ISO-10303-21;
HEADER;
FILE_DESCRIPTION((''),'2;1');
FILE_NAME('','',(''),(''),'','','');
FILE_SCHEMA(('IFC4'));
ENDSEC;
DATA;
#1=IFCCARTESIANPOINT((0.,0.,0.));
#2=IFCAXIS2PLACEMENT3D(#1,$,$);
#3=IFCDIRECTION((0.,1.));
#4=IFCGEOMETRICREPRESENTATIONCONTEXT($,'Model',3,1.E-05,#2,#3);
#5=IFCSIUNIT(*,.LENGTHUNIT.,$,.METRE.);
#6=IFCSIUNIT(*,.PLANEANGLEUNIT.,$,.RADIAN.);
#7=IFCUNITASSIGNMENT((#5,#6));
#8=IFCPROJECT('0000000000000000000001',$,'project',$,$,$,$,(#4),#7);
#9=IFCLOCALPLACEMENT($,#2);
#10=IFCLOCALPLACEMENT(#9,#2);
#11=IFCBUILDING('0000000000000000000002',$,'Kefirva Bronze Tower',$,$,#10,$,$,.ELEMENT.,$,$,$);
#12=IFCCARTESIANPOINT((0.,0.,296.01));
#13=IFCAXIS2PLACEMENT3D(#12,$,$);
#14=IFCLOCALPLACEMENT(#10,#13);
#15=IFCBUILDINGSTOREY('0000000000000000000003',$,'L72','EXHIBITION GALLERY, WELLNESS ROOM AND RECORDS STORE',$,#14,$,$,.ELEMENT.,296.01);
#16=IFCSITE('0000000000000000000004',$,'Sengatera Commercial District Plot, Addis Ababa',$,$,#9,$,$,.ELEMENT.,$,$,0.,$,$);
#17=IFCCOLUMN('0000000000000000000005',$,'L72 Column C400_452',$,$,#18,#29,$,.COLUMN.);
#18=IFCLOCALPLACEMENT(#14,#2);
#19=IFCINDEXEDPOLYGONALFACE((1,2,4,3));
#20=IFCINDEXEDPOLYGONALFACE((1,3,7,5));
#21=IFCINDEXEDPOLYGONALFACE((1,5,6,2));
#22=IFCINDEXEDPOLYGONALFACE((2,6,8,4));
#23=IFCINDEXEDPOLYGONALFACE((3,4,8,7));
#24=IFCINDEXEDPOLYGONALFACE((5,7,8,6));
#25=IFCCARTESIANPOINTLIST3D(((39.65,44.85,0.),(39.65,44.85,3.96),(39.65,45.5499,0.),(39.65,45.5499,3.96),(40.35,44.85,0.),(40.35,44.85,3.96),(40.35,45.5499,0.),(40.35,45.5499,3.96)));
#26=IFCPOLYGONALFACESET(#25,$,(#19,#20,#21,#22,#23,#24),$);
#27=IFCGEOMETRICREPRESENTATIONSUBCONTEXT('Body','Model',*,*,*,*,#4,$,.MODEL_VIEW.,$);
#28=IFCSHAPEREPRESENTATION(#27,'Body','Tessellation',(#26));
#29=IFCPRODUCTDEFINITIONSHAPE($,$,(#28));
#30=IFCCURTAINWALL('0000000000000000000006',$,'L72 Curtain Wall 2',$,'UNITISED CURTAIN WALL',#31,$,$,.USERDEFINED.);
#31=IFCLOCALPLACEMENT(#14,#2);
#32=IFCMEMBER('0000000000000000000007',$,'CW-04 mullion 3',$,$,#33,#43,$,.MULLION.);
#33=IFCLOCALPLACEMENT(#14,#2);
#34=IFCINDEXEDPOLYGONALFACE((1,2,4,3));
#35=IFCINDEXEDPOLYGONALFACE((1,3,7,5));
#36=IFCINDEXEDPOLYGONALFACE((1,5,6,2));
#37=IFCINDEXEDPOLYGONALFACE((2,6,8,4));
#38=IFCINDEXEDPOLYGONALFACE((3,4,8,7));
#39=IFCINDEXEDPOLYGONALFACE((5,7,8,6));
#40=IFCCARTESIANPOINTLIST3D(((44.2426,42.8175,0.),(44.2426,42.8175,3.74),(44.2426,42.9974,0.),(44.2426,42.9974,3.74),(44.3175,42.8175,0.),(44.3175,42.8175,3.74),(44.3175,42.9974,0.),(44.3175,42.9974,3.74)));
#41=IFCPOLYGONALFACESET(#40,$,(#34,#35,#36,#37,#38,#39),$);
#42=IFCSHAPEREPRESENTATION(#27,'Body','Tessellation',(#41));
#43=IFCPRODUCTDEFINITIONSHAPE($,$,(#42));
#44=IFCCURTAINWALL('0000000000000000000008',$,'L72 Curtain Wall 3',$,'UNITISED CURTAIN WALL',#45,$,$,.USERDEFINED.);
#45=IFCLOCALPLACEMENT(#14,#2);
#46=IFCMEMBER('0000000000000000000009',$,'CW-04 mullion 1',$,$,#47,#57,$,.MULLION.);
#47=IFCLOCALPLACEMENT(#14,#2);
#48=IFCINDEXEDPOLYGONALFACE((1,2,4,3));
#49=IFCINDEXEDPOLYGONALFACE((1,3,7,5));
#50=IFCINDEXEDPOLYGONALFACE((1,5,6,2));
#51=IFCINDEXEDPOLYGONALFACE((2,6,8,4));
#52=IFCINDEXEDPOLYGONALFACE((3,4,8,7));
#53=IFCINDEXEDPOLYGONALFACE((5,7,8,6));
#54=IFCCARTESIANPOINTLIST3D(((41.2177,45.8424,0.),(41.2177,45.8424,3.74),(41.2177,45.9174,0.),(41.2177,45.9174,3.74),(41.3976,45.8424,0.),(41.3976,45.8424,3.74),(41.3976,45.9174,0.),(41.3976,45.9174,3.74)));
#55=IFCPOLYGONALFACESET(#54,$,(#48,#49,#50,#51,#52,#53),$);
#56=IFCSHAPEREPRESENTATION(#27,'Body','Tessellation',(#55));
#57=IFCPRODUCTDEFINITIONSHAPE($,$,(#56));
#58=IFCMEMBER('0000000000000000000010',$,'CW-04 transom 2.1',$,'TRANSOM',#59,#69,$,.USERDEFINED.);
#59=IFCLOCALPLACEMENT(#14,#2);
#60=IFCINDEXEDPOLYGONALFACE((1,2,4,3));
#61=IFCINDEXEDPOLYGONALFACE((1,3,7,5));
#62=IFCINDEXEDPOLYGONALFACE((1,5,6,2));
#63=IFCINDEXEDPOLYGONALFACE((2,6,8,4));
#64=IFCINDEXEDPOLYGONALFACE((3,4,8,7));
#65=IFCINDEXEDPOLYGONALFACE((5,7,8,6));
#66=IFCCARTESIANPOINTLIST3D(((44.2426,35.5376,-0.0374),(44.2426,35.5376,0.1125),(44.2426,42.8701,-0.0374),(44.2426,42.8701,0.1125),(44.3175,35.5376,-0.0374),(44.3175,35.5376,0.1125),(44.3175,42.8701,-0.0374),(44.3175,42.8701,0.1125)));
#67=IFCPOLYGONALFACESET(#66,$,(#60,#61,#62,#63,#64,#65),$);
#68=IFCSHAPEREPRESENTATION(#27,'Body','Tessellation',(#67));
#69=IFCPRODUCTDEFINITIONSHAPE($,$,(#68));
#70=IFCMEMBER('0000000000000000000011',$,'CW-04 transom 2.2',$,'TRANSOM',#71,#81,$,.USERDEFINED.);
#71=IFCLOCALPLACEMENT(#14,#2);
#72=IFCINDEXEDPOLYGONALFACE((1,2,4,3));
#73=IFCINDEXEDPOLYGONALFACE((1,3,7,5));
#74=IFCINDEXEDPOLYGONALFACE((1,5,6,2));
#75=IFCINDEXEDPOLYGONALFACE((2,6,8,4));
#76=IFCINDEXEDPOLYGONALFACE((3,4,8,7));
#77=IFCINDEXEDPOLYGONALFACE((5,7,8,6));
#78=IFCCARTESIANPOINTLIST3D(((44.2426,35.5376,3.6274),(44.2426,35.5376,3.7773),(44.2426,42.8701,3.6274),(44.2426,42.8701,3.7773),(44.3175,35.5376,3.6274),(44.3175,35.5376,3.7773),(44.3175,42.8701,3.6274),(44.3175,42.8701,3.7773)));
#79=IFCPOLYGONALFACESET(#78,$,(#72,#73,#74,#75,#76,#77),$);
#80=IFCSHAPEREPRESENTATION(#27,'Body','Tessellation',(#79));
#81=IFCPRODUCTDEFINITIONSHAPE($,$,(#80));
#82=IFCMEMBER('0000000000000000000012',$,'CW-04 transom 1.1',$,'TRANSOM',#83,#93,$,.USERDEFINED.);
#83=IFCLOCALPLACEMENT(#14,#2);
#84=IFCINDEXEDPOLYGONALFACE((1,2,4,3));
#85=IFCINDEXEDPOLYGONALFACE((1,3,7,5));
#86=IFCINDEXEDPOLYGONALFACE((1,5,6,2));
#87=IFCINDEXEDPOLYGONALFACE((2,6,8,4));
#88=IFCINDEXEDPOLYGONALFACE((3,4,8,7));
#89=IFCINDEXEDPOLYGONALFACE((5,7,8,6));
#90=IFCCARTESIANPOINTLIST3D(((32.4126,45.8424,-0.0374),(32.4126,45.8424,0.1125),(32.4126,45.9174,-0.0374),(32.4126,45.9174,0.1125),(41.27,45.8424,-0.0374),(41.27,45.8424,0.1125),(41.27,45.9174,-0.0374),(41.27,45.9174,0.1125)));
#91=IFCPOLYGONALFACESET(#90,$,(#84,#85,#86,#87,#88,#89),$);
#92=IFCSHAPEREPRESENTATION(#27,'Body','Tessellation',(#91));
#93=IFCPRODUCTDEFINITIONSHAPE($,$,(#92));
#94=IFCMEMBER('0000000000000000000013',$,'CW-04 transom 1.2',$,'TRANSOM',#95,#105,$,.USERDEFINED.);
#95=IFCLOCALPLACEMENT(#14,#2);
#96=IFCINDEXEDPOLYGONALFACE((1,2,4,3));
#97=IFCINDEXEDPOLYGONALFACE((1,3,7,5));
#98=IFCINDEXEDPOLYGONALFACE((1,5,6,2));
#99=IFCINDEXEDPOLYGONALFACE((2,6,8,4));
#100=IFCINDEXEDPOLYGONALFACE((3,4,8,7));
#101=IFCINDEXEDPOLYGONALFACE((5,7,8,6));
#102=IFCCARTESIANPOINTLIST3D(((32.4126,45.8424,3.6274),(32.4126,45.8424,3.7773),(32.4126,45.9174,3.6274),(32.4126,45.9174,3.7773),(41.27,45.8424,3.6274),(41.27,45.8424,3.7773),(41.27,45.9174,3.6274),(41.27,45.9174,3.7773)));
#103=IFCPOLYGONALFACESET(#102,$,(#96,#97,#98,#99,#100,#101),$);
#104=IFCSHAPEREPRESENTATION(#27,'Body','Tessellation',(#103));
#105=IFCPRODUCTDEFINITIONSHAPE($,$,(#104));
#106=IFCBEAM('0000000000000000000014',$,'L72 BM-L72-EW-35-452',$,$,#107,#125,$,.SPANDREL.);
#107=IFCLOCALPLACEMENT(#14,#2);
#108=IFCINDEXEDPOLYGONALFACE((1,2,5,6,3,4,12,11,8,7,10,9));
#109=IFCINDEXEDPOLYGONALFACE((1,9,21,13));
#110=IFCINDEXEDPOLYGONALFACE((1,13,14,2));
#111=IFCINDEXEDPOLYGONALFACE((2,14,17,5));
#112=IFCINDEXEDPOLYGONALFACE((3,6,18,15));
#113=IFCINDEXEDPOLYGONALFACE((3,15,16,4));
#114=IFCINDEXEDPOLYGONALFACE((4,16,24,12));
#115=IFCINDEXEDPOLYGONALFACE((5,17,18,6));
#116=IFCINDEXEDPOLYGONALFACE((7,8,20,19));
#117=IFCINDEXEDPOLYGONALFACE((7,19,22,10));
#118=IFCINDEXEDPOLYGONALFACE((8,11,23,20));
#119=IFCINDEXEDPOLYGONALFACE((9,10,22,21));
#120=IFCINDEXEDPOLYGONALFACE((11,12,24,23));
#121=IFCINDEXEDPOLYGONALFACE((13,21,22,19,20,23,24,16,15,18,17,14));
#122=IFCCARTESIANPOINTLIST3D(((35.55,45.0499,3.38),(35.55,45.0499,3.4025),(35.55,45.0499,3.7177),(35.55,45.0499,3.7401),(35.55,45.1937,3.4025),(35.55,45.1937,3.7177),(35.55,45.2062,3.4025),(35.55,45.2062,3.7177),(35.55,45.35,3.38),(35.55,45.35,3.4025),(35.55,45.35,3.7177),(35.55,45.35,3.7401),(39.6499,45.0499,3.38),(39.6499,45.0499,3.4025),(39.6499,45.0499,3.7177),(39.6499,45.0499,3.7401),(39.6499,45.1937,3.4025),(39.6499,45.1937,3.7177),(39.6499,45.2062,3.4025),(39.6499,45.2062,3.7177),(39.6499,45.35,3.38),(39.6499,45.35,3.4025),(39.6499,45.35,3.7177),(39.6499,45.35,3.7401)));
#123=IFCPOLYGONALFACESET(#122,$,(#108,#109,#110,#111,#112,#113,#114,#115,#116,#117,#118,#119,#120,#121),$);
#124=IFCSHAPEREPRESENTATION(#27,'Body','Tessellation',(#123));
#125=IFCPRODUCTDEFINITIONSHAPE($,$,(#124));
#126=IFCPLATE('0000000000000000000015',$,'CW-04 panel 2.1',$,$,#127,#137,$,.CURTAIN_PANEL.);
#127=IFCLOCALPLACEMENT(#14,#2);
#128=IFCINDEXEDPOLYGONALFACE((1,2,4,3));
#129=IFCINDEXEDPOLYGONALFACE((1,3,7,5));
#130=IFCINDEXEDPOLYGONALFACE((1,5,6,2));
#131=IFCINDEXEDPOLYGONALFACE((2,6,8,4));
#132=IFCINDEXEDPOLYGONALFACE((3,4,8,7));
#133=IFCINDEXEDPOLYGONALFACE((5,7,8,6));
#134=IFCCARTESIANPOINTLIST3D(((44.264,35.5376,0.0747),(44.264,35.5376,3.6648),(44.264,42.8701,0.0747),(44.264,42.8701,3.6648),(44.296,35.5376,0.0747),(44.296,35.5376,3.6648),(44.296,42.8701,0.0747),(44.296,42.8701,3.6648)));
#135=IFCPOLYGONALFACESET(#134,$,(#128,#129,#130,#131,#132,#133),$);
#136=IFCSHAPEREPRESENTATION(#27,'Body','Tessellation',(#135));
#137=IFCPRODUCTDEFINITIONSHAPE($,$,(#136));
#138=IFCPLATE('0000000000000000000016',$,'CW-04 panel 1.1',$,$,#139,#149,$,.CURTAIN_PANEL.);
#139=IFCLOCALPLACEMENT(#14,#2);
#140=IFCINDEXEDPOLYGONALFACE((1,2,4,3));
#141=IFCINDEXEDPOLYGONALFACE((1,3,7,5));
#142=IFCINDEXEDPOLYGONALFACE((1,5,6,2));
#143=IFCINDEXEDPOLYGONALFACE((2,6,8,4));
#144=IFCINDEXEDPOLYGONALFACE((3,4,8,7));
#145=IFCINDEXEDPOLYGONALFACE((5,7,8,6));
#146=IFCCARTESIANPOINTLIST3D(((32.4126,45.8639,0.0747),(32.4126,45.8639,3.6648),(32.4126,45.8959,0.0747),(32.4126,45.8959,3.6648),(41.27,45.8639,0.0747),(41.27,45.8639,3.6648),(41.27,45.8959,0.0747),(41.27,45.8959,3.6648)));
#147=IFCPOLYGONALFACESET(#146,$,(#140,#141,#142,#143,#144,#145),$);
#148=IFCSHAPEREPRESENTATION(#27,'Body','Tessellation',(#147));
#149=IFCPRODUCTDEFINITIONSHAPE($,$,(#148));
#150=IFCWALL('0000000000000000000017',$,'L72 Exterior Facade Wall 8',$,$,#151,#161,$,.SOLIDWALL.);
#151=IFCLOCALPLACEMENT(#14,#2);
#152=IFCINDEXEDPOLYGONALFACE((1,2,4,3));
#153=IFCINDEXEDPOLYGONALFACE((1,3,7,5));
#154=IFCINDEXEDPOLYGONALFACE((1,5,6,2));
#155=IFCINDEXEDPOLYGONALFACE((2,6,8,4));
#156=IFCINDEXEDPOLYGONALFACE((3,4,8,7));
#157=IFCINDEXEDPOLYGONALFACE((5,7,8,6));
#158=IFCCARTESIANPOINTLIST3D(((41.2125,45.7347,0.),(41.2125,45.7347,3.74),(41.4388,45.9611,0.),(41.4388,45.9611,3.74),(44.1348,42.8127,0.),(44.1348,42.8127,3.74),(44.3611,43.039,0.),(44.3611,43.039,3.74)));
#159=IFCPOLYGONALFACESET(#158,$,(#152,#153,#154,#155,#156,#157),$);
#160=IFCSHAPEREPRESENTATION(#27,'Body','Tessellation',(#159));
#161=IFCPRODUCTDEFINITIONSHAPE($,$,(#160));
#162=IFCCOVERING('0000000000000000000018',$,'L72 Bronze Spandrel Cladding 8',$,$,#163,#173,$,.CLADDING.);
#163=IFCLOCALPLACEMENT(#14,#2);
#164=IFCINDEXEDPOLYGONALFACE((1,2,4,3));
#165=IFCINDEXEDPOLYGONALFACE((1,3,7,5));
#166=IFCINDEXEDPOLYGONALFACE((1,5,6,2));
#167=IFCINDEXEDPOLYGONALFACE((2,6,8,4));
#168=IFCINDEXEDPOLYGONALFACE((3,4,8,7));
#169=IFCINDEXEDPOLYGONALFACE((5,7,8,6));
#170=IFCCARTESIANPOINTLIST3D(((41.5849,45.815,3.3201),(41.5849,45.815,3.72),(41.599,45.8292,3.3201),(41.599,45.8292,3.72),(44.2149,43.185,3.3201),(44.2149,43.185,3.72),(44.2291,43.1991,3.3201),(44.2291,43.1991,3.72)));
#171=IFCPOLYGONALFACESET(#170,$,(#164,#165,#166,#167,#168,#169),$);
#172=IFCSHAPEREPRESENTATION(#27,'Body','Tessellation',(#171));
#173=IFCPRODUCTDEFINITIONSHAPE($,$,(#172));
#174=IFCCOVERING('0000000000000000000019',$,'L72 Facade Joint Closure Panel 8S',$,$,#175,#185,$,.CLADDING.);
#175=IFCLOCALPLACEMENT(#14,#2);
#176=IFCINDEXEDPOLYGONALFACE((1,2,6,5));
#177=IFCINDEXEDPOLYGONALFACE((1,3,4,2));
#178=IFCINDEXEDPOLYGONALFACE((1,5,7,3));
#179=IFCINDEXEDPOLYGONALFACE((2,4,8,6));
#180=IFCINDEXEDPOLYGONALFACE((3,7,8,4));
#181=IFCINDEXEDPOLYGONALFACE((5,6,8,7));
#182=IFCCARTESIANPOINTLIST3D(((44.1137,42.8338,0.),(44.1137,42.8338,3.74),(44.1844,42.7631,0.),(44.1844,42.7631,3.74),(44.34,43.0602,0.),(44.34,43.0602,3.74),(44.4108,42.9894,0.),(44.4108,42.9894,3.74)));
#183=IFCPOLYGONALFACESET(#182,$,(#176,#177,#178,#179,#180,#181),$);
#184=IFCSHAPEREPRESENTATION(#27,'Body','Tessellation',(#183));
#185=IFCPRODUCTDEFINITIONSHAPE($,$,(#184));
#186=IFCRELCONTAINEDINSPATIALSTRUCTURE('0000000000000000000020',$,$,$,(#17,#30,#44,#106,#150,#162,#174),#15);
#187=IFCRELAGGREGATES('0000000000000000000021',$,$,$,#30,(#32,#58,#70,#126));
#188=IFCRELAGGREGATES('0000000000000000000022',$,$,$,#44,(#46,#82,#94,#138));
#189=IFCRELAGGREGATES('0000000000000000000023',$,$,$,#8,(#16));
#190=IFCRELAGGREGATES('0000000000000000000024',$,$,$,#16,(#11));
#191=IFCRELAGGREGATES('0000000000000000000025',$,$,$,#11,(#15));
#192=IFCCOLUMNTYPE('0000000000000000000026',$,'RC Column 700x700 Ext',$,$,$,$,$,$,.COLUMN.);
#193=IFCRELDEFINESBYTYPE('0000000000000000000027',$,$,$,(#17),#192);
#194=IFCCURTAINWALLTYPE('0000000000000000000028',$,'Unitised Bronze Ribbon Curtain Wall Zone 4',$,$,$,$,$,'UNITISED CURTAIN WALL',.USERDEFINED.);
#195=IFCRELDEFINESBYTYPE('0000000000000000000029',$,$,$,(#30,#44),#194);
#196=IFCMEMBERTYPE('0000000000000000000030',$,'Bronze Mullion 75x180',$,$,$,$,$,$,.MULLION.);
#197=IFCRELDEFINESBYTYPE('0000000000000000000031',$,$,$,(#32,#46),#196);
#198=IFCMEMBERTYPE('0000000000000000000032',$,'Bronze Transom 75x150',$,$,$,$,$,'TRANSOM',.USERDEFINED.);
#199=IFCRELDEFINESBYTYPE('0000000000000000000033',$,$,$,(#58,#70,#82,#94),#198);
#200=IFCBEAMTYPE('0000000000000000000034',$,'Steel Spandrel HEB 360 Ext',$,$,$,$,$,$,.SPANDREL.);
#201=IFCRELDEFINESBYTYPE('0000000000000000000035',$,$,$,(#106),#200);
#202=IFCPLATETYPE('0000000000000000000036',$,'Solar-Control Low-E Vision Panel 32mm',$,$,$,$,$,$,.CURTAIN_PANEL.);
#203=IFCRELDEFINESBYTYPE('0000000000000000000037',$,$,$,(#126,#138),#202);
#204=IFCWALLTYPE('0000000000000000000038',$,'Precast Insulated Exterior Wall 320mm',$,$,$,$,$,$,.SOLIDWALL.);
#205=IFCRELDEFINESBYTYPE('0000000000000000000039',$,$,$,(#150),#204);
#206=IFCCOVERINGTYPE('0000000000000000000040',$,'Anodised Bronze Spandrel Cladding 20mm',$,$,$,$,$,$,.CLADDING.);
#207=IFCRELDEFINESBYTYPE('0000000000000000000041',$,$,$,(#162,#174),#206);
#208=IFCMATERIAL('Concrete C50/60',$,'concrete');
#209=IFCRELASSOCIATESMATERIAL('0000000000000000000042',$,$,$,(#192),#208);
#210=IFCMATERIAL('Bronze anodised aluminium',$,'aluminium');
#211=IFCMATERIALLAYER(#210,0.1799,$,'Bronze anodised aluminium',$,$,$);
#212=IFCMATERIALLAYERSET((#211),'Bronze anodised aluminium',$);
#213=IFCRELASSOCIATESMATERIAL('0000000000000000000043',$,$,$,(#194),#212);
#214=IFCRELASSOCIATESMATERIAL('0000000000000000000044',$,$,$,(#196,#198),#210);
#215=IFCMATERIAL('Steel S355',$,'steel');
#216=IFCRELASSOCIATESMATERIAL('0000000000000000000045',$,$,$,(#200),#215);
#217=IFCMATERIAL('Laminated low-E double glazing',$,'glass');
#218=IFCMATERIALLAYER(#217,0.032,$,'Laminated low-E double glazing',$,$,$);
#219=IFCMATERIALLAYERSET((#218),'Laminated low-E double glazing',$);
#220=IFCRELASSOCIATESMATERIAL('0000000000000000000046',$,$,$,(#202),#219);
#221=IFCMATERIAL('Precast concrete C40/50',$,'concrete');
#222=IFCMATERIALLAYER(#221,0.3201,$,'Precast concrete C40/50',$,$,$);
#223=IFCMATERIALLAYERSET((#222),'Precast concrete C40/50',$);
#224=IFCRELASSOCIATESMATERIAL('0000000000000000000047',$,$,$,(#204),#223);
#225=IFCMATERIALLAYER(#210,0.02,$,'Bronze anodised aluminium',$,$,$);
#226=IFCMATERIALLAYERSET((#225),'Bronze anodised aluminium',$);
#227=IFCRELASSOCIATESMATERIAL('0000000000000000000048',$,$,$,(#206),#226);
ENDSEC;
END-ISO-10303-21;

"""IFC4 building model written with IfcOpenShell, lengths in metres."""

from ifc_helpers import new_model, si_unit, direction, frame, frame_2d, origin, origin_2d, place, context, subcontext, project, spatial, rectangle, i_section, extrude, material, layer, layer_set, material_profile, profile_set, type_object, element, aggregate, save


model = new_model("IFC4")

# Units and contexts
model_context = context("Model", 3, precision=1e-05, world=origin(), true_north=direction((0.0, 1.0)))
body_context = subcontext(model_context, "Body", "Model", "MODEL_VIEW")
ifc_project = project(units=[si_unit("LENGTHUNIT", "METRE"), si_unit("PLANEANGLEUNIT", "RADIAN")], contexts=[model_context])

# Site, building, storey
site_placement = place(None, origin())
site = spatial("IfcSite", under=ifc_project, at=site_placement, Name="Sengatera Commercial District Plot, Addis Ababa", CompositionType="ELEMENT", RefElevation=0.0)
building_placement = place(site_placement, origin())
building = spatial("IfcBuilding", under=site, at=building_placement, Name="Kefirva Bronze Tower", CompositionType="ELEMENT")
storey_placement = place(building_placement, frame((0.0, 0.0, 296.01)))
storey = spatial("IfcBuildingStorey", under=building, at=storey_placement, Name="L72", Description="EXHIBITION GALLERY, WELLNESS ROOM AND RECORDS STORE", CompositionType="ELEMENT", Elevation=296.01)

# Column
ifc_material_1 = material(Name="Concrete C50/60", Category="concrete")
ifc_material_profile_1 = material_profile(ifc_material_1, rectangle(XDim=0.7, YDim=0.7, at=origin_2d()), Name="RC 700x700")
ifc_profile_set_1 = profile_set([ifc_material_profile_1], Name="Concrete C50/60")
column_type = type_object("IfcColumnType", Name="RC Column 700x700 Ext", PredefinedType="COLUMN", material=ifc_profile_set_1)
column_placement = place(storey_placement, frame((40.0, 45.2, 0.0), z_axis=(0.0, 0.0, 1.0), x_axis=(1.0, 0.0, 0.0)))
element("IfcColumn", 1, at=column_placement, inside=storey, type_object=column_type, Name="L72 Column C400_452", PredefinedType="COLUMN", context=body_context, shape_type="SweptSolid", body=[
    extrude(rectangle(XDim=0.7, YDim=0.7, at=origin_2d()), origin(), (0.0, 0.0, 1.0), 3.96),
])

# Curtain walls, members
ifc_material_2 = material(Name="Bronze anodised aluminium", Category="aluminium")
ifc_layer_1 = layer(ifc_material_2, 0.1799, Name="Bronze anodised aluminium")
ifc_layer_set_1 = layer_set([ifc_layer_1], Name="Bronze anodised aluminium")
curtain_wall_type = type_object("IfcCurtainWallType", Name="Unitised Bronze Ribbon Curtain Wall Zone 4", ElementType="UNITISED CURTAIN WALL", PredefinedType="USERDEFINED", material=ifc_layer_set_1)
curtain_wall_1_placement = place(storey_placement, origin())
curtain_wall_1 = element("IfcCurtainWall", 2, at=curtain_wall_1_placement, inside=storey, type_object=curtain_wall_type, Name="L72 Curtain Wall 2", ObjectType="UNITISED CURTAIN WALL", PredefinedType="USERDEFINED")
ifc_material_profile_2 = material_profile(ifc_material_2, rectangle(XDim=0.075, YDim=0.1799, at=origin_2d()), Name="ALU 75x180")
ifc_profile_set_2 = profile_set([ifc_material_profile_2], Name="Bronze anodised aluminium")
member_type_1 = type_object("IfcMemberType", Name="Bronze Mullion 75x180", PredefinedType="MULLION", material=ifc_profile_set_2)
member_1_placement = place(storey_placement, frame((44.28, 42.9075, 0.0), z_axis=(0.0, 0.0, 1.0), x_axis=(-1.0, 0.0, 0.0)))
member_1 = element("IfcMember", 3, at=member_1_placement, type_object=member_type_1, Name="CW-04 mullion 3", PredefinedType="MULLION", context=body_context, shape_type="SweptSolid", body=[
    extrude(rectangle(XDim=0.075, YDim=0.1799, at=origin_2d()), origin(), (0.0, 0.0, 1.0), 3.74),
])
curtain_wall_2_placement = place(storey_placement, origin())
curtain_wall_2 = element("IfcCurtainWall", 4, at=curtain_wall_2_placement, inside=storey, type_object=curtain_wall_type, Name="L72 Curtain Wall 3", ObjectType="UNITISED CURTAIN WALL", PredefinedType="USERDEFINED")
member_2_placement = place(storey_placement, frame((41.3076, 45.8799, 0.0), z_axis=(0.0, 0.0, 1.0), x_axis=(0.0, -1.0, 0.0)))
member_2 = element("IfcMember", 5, at=member_2_placement, type_object=member_type_1, Name="CW-04 mullion 1", PredefinedType="MULLION", context=body_context, shape_type="SweptSolid", body=[
    extrude(rectangle(XDim=0.075, YDim=0.1799, at=origin_2d()), origin(), (0.0, 0.0, 1.0), 3.74),
])

# Members
ifc_material_profile_3 = material_profile(ifc_material_2, rectangle(XDim=0.075, YDim=0.1499, at=origin_2d()), Name="ALU 75x150")
ifc_profile_set_3 = profile_set([ifc_material_profile_3], Name="Bronze anodised aluminium")
member_type_2 = type_object("IfcMemberType", Name="Bronze Transom 75x150", ElementType="TRANSOM", PredefinedType="USERDEFINED", material=ifc_profile_set_3)
member_3_placement = place(storey_placement, frame((44.28, 35.5376, 0.0376), z_axis=(0.0, 1.0, 0.0), x_axis=(-1.0, 0.0, 0.0)))
member_3 = element("IfcMember", 6, at=member_3_placement, type_object=member_type_2, Name="CW-04 transom 2.1", ObjectType="TRANSOM", PredefinedType="USERDEFINED", context=body_context, shape_type="SweptSolid", body=[
    extrude(rectangle(XDim=0.075, YDim=0.1499, at=origin_2d()), origin(), (0.0, 0.0, 1.0), 7.3325),
])
member_4_placement = place(storey_placement, frame((44.28, 35.5376, 3.7024), z_axis=(0.0, 1.0, 0.0), x_axis=(-1.0, 0.0, 0.0)))
member_4 = element("IfcMember", 7, at=member_4_placement, type_object=member_type_2, Name="CW-04 transom 2.2", ObjectType="TRANSOM", PredefinedType="USERDEFINED", context=body_context, shape_type="SweptSolid", body=[
    extrude(rectangle(XDim=0.075, YDim=0.1499, at=origin_2d()), origin(), (0.0, 0.0, 1.0), 7.3325),
])
member_5_placement = place(storey_placement, frame((41.27, 45.8799, 0.0376), z_axis=(-1.0, 0.0, 0.0), x_axis=(0.0, -1.0, 0.0)))
member_5 = element("IfcMember", 8, at=member_5_placement, type_object=member_type_2, Name="CW-04 transom 1.1", ObjectType="TRANSOM", PredefinedType="USERDEFINED", context=body_context, shape_type="SweptSolid", body=[
    extrude(rectangle(XDim=0.075, YDim=0.1499, at=origin_2d()), origin(), (0.0, 0.0, 1.0), 8.8574),
])
member_6_placement = place(storey_placement, frame((41.27, 45.8799, 3.7024), z_axis=(-1.0, 0.0, 0.0), x_axis=(0.0, -1.0, 0.0)))
member_6 = element("IfcMember", 9, at=member_6_placement, type_object=member_type_2, Name="CW-04 transom 1.2", ObjectType="TRANSOM", PredefinedType="USERDEFINED", context=body_context, shape_type="SweptSolid", body=[
    extrude(rectangle(XDim=0.075, YDim=0.1499, at=origin_2d()), origin(), (0.0, 0.0, 1.0), 8.8574),
])

# Beam
ifc_material_3 = material(Name="Steel S355", Category="steel")
ifc_material_profile_4 = material_profile(ifc_material_3, i_section(OverallWidth=0.3, OverallDepth=0.3601, WebThickness=0.0125, FlangeThickness=0.0225, at=origin_2d()), Name="HEB 360")
ifc_profile_set_4 = profile_set([ifc_material_profile_4], Name="Steel S355")
beam_type = type_object("IfcBeamType", Name="Steel Spandrel HEB 360 Ext", PredefinedType="SPANDREL", material=ifc_profile_set_4)
beam_placement = place(storey_placement, frame((35.55, 45.2, 3.5601), z_axis=(1.0, 0.0, 0.0), x_axis=(0.0, 1.0, 0.0)))
element("IfcBeam", 10, at=beam_placement, inside=storey, type_object=beam_type, Name="L72 BM-L72-EW-35-452", PredefinedType="SPANDREL", context=body_context, shape_type="SweptSolid", body=[
    extrude(i_section(OverallWidth=0.3, OverallDepth=0.3601, WebThickness=0.0125, FlangeThickness=0.0225, at=origin_2d()), origin(), (0.0, 0.0, 1.0), 4.0999),
])

# Plates
ifc_material_4 = material(Name="Laminated low-E double glazing", Category="glass")
ifc_layer_2 = layer(ifc_material_4, 0.032, Name="Laminated low-E double glazing")
ifc_layer_set_2 = layer_set([ifc_layer_2], Name="Laminated low-E double glazing")
plate_type = type_object("IfcPlateType", Name="Solar-Control Low-E Vision Panel 32mm", PredefinedType="CURTAIN_PANEL", material=ifc_layer_set_2)
plate_1_placement = place(storey_placement, frame((44.28, 39.2039, 0.0747), z_axis=(0.0, 0.0, 1.0), x_axis=(0.0, 1.0, 0.0)))
plate_1 = element("IfcPlate", 11, at=plate_1_placement, type_object=plate_type, Name="CW-04 panel 2.1", PredefinedType="CURTAIN_PANEL", context=body_context, shape_type="SweptSolid", body=[
    extrude(rectangle(XDim=7.3325, YDim=0.032, at=origin_2d()), origin(), (0.0, 0.0, 1.0), 3.5901),
])
aggregate(curtain_wall_1, [member_1, member_3, member_4, plate_1])
plate_2_placement = place(storey_placement, frame((36.8413, 45.8799, 0.0747), z_axis=(0.0, 0.0, 1.0), x_axis=(-1.0, 0.0, 0.0)))
plate_2 = element("IfcPlate", 12, at=plate_2_placement, type_object=plate_type, Name="CW-04 panel 1.1", PredefinedType="CURTAIN_PANEL", context=body_context, shape_type="SweptSolid", body=[
    extrude(rectangle(XDim=8.8574, YDim=0.032, at=origin_2d()), origin(), (0.0, 0.0, 1.0), 3.5901),
])
aggregate(curtain_wall_2, [member_2, member_5, member_6, plate_2])

# Wall
ifc_material_5 = material(Name="Precast concrete C40/50", Category="concrete")
ifc_layer_3 = layer(ifc_material_5, 0.3201, Name="Precast concrete C40/50")
ifc_layer_set_3 = layer_set([ifc_layer_3], Name="Precast concrete C40/50")
wall_type = type_object("IfcWallType", Name="Precast Insulated Exterior Wall 320mm", PredefinedType="SOLIDWALL", material=ifc_layer_set_3)
wall_placement = place(storey_placement, frame((44.248, 42.9258, 0.0), z_axis=(0.0, 0.0, 1.0), x_axis=(-0.707136, 0.707077, 0.0)))
element("IfcWall", 13, at=wall_placement, inside=storey, type_object=wall_type, Name="L72 Exterior Facade Wall 8", PredefinedType="SOLIDWALL", context=body_context, shape_type="SweptSolid", body=[
    extrude(rectangle(XDim=4.1326, YDim=0.3201, at=frame_2d((2.0664, 0.0))), origin(), (0.0, 0.0, 1.0), 3.74),
])

# Coverings
ifc_layer_4 = layer(ifc_material_2, 0.02, Name="Bronze anodised aluminium")
ifc_layer_set_4 = layer_set([ifc_layer_4], Name="Bronze anodised aluminium")
covering_type_1 = type_object("IfcCoveringType", Name="Anodised Bronze Spandrel Cladding 20mm", PredefinedType="CLADDING", material=ifc_layer_set_4)
covering_1_placement = place(storey_placement, frame((42.907, 44.5071, 3.3201), z_axis=(0.0, 0.0, 1.0), x_axis=(-0.707107, 0.707107, 0.0)))
element("IfcCovering", 14, at=covering_1_placement, inside=storey, type_object=covering_type_1, Name="L72 Bronze Spandrel Cladding 8", PredefinedType="CLADDING", context=body_context, shape_type="SweptSolid", body=[
    extrude(rectangle(XDim=3.7195, YDim=0.02, at=origin_2d()), origin(), (0.0, 0.0, 1.0), 0.3999),
])
for number, where, z_axis, x_axis, name in (
    (15, (44.2622, 42.9116, 0.0), (0.0, 0.0, 1.0), (-0.707107, 0.707107, 0.0), "L72 Facade Joint Closure Panel 8S"),
):
    element("IfcCovering", number, at=place(storey_placement, frame(where, z_axis=z_axis, x_axis=x_axis)), inside=storey, type_object=covering_type_1, Name=name, PredefinedType="CLADDING", context=body_context, shape_type="SweptSolid", body=[
        extrude(rectangle(XDim=0.1001, YDim=0.3201, at=origin_2d()), origin(), (0.0, 0.0, 1.0), 3.74),
    ])

save(model, "model.ifc")
